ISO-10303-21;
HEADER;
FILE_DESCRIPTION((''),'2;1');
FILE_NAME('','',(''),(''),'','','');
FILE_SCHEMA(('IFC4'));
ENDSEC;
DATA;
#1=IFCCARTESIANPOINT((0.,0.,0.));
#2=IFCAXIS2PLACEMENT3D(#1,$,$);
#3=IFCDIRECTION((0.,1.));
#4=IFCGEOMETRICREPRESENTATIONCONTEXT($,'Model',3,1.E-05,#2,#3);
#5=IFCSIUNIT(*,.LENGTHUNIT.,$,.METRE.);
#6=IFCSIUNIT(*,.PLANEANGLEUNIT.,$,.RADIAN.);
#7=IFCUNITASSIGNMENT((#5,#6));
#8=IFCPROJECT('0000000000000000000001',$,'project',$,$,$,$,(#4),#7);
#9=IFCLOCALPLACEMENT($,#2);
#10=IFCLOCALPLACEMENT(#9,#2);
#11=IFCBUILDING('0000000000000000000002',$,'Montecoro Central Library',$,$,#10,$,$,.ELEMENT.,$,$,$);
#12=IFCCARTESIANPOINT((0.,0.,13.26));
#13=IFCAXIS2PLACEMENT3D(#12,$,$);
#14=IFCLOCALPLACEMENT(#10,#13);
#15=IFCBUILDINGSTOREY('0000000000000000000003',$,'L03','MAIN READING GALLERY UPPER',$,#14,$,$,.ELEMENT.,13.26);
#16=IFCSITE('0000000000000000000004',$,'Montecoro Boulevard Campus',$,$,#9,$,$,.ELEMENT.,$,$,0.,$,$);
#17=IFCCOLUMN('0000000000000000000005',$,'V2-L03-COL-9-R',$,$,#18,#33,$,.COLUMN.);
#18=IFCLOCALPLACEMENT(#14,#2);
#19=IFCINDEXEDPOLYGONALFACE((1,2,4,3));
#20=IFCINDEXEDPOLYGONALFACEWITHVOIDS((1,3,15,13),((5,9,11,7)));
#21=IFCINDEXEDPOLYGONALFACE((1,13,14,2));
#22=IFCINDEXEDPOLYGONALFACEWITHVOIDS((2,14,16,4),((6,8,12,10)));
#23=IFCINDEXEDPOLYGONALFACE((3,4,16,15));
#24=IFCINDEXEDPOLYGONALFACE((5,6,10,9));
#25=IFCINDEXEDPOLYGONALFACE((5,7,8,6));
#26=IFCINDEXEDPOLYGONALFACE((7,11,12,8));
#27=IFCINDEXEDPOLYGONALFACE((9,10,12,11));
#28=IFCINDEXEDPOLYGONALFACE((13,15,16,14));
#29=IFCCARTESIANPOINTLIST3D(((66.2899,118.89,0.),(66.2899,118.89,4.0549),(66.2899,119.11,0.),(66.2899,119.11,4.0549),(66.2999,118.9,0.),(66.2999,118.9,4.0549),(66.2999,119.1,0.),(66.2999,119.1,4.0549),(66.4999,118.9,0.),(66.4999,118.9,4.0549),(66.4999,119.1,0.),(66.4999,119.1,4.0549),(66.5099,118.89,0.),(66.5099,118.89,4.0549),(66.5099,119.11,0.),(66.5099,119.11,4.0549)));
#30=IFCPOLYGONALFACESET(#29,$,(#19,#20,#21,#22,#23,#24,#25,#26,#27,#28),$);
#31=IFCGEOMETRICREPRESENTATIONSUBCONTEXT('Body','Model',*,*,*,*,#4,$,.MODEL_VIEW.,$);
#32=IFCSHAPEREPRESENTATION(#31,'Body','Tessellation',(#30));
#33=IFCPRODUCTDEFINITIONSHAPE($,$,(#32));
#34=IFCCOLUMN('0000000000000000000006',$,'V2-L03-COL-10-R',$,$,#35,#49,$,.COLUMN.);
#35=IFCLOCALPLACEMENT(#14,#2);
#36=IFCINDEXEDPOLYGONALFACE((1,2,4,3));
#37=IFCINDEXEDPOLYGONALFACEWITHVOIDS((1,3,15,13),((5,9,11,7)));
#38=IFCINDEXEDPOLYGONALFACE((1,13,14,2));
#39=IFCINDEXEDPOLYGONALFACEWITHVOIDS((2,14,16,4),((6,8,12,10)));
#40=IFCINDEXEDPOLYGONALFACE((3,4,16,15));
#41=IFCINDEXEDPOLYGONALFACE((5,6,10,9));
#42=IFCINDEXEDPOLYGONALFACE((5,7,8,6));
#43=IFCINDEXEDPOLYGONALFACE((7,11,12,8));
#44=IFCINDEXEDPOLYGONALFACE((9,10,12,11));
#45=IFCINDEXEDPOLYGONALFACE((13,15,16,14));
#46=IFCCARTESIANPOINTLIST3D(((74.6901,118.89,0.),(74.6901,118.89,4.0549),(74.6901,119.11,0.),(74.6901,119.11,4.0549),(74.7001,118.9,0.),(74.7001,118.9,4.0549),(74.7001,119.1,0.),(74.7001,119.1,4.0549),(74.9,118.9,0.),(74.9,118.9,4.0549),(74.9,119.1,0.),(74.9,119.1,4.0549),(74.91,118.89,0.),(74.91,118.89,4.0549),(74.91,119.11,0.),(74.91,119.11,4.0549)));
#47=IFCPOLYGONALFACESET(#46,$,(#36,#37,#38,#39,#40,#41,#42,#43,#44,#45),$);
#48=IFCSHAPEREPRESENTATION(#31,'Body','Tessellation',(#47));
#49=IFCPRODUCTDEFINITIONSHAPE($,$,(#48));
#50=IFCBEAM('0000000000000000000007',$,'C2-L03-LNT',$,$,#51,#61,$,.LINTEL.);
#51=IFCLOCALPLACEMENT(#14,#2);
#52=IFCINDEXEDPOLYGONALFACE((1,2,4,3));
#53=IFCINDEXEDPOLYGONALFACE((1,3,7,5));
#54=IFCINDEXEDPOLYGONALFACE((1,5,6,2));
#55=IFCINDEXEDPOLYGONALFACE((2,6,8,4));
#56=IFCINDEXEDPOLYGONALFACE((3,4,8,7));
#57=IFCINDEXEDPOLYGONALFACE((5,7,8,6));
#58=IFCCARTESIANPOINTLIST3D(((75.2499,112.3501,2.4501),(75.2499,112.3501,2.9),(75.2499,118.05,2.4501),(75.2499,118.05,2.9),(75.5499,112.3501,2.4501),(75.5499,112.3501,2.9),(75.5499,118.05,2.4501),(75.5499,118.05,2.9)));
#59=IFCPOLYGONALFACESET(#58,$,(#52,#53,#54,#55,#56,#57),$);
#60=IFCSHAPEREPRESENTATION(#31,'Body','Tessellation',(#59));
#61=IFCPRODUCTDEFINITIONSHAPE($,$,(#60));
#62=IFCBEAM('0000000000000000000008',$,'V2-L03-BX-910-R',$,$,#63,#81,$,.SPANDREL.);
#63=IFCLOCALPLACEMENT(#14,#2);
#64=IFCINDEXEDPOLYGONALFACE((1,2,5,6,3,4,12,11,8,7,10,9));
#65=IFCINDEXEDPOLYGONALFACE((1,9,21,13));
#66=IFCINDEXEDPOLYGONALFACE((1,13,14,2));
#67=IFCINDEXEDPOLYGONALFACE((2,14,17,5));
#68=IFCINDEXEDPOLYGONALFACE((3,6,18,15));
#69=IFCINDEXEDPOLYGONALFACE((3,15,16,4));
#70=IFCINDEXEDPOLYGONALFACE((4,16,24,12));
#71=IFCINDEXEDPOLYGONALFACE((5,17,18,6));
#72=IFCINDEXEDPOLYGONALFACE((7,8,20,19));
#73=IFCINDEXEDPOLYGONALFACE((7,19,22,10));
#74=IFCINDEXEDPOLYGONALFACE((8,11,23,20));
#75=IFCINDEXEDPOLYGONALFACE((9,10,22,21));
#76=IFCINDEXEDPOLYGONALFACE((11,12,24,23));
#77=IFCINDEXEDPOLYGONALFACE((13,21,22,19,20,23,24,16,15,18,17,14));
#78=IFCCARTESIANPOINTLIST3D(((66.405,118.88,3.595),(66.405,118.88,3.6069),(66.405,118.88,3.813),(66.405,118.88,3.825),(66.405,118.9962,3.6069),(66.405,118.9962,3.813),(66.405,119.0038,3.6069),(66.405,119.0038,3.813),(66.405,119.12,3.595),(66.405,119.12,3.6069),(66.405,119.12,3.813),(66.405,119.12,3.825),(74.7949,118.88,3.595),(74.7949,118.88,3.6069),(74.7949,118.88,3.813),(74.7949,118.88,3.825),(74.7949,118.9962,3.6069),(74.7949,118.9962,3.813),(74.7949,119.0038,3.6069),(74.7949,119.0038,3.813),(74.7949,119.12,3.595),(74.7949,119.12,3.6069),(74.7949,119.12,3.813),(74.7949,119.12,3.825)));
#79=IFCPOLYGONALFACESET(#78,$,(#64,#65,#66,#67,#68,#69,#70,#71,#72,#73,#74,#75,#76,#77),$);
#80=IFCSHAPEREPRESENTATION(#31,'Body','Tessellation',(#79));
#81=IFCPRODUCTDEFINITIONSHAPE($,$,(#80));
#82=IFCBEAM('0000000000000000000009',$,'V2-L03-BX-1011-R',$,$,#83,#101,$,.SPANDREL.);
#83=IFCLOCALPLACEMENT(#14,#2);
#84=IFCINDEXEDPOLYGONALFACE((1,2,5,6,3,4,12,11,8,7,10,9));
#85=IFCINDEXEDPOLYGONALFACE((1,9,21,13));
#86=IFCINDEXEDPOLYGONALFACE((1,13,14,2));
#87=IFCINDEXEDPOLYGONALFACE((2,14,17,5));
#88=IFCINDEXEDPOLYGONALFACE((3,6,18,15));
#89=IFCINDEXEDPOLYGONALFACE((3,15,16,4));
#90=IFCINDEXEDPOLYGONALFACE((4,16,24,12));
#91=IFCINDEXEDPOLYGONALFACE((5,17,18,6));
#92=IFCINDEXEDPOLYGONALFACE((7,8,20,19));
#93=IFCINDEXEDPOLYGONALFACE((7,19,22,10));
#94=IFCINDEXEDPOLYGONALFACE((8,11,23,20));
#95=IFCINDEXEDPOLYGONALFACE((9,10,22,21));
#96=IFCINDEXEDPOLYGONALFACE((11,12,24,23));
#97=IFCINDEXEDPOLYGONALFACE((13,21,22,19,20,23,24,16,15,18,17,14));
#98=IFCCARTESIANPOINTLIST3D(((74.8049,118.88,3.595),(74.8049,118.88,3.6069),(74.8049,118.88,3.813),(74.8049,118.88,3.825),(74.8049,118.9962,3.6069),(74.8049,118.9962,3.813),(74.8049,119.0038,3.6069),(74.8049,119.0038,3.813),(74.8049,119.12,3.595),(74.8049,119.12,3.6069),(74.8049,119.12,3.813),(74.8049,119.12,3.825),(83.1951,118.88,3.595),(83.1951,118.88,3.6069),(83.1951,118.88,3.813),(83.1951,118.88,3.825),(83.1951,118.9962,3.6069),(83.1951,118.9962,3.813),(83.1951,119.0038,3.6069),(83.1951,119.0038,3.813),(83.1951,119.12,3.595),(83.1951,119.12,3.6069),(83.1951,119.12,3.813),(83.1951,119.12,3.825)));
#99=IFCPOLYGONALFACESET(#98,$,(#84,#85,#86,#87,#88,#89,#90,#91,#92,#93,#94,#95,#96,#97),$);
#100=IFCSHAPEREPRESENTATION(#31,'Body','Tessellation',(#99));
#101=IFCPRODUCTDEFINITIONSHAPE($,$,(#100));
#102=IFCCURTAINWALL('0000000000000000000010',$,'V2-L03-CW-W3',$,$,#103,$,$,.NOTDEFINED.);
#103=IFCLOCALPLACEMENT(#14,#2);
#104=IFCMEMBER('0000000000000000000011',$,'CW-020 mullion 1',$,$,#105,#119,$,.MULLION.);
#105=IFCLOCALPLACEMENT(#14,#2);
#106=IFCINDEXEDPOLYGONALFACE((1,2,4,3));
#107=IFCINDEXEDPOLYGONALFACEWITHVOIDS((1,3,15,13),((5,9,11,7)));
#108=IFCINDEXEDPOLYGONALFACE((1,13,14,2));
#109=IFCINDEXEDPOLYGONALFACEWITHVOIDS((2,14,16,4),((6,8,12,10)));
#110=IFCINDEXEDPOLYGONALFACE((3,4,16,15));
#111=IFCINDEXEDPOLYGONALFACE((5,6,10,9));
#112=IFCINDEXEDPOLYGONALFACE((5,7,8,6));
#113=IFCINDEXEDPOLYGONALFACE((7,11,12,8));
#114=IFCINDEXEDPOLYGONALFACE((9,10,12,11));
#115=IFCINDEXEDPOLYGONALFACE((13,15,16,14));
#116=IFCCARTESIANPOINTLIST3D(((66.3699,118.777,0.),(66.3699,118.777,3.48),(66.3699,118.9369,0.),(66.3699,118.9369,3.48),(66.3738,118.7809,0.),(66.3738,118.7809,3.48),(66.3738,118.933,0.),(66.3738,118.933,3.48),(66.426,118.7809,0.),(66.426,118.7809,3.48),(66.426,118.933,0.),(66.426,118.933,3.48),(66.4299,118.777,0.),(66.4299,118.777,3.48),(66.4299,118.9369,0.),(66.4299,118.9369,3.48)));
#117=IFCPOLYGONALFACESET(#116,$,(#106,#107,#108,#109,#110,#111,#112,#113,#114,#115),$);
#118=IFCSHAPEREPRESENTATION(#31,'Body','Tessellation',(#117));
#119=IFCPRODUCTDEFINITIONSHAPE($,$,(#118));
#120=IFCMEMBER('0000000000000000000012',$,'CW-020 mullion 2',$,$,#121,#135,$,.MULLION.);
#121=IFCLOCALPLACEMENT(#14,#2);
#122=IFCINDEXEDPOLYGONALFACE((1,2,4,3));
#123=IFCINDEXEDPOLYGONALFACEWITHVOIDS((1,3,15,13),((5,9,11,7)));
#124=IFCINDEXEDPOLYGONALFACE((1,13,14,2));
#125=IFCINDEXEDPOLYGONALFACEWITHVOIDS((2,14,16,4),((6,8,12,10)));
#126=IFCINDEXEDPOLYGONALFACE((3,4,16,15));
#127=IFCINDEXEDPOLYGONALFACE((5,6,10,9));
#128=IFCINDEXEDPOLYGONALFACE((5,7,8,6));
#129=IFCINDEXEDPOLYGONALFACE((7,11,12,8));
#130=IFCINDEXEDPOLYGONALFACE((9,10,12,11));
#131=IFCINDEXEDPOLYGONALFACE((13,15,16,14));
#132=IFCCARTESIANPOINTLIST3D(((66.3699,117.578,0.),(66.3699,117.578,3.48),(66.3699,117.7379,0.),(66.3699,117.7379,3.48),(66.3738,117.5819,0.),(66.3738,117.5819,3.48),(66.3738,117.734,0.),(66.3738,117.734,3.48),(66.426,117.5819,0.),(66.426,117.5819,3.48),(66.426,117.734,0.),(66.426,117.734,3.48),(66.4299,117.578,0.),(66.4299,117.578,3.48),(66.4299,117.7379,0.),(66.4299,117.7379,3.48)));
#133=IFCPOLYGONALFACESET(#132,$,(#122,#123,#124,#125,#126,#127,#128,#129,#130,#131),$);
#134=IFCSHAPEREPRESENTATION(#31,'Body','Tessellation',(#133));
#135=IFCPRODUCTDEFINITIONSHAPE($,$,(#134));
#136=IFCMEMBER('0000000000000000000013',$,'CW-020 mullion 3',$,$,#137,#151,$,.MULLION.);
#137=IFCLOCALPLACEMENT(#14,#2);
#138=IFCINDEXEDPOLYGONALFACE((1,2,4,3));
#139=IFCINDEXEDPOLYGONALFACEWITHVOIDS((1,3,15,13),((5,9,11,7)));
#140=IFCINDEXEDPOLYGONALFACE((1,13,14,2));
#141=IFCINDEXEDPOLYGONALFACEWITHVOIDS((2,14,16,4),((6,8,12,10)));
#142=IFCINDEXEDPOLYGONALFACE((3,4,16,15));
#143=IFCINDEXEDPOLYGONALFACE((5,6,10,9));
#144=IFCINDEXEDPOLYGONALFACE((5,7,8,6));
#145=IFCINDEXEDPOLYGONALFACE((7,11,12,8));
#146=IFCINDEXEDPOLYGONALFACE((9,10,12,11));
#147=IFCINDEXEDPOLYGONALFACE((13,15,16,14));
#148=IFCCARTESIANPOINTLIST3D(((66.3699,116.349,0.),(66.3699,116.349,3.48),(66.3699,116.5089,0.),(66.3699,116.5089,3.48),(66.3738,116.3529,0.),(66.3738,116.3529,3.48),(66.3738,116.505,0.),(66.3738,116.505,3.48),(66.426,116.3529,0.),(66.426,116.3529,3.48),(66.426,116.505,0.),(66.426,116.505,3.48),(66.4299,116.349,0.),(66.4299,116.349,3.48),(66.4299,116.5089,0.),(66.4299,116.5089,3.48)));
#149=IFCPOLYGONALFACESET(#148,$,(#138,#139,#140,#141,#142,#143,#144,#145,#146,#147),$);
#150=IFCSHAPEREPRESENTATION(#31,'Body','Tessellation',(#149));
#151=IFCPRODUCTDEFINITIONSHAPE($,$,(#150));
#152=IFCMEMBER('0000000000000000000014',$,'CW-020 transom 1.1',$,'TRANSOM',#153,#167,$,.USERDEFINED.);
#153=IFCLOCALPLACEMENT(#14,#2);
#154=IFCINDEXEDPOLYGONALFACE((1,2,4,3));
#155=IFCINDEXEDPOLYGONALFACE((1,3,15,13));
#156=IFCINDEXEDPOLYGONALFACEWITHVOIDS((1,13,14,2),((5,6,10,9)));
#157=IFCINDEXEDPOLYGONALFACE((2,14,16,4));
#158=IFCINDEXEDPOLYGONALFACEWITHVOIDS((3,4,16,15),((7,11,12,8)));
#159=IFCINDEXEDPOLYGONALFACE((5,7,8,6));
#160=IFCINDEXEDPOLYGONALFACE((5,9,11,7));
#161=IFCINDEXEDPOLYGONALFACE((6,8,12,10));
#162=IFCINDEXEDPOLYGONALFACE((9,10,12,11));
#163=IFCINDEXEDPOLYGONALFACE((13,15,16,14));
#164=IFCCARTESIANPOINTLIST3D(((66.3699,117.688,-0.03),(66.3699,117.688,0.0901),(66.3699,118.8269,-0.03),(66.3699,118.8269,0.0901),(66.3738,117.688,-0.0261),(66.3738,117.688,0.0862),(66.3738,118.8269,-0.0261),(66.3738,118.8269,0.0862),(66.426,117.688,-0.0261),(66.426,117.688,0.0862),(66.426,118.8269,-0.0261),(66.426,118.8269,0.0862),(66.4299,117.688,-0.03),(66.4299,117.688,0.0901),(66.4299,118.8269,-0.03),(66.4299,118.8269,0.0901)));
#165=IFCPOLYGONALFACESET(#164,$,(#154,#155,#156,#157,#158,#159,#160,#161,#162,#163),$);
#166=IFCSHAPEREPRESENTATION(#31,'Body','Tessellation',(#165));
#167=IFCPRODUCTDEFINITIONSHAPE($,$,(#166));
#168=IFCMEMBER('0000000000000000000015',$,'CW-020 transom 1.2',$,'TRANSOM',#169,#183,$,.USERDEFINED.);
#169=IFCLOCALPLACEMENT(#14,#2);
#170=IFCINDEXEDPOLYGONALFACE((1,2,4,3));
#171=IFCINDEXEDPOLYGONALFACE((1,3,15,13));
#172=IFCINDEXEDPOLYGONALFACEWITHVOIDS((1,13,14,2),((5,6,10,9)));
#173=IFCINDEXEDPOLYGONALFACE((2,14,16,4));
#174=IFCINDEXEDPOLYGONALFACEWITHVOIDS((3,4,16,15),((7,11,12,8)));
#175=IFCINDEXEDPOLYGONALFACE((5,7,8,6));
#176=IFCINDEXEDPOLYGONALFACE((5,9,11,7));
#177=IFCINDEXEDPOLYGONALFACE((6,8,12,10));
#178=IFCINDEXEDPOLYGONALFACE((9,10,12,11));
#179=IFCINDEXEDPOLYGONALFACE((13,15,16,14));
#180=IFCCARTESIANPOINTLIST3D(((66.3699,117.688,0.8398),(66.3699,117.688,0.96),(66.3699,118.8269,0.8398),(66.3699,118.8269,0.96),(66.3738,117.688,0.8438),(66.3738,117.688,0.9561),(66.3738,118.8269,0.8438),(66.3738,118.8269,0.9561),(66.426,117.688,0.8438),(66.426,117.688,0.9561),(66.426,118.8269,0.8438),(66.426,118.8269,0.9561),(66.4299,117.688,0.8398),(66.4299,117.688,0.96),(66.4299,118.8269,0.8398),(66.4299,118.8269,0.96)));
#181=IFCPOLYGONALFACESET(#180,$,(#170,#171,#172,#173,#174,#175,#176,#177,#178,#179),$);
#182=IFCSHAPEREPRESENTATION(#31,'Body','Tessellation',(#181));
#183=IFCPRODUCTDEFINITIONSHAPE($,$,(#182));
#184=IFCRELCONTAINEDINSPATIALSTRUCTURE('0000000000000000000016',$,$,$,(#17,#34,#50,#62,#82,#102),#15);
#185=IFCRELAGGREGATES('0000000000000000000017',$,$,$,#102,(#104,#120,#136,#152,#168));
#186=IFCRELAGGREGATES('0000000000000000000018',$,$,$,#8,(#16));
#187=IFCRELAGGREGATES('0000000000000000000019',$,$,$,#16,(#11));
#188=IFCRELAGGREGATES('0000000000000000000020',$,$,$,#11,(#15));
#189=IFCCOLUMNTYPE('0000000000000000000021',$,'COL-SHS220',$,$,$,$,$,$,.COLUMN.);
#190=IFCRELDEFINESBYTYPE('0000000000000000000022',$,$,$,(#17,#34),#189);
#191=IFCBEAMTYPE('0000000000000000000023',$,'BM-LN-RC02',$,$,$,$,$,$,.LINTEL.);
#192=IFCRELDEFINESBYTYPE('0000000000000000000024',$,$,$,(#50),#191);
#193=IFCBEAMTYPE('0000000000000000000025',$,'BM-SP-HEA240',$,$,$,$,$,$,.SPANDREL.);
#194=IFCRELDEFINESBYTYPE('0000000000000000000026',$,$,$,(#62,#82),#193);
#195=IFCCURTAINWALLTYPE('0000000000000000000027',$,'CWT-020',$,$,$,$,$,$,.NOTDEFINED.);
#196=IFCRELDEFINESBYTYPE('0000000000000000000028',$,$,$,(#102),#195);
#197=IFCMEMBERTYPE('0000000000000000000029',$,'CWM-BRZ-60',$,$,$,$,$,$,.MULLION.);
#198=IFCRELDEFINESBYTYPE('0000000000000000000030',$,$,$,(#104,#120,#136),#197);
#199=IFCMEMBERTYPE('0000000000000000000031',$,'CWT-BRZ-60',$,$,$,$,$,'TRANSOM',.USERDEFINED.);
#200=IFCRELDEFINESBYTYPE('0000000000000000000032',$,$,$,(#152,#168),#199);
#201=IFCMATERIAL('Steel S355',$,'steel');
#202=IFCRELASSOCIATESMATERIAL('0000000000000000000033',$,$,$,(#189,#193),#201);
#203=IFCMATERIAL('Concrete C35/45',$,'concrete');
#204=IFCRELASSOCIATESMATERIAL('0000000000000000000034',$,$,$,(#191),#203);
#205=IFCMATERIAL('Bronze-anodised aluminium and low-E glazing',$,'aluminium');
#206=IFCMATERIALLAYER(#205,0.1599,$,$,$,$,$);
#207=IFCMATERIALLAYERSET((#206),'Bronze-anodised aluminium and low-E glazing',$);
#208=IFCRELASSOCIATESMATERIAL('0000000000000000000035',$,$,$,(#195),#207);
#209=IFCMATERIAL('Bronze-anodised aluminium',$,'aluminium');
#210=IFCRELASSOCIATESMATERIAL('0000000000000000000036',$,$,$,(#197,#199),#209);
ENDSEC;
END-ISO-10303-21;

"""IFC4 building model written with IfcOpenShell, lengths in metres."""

from ifc_helpers import new_model, si_unit, direction, frame, origin, origin_2d, place, context, subcontext, project, spatial, rectangle, hollow_rectangle, i_section, extrude, material, layer, layer_set, material_profile, profile_set, type_object, element, aggregate, save


model = new_model("IFC4")

# Units and contexts
model_context = context("Model", 3, precision=1e-05, world=origin(), true_north=direction((0.0, 1.0)))
body_context = subcontext(model_context, "Body", "Model", "MODEL_VIEW")
ifc_project = project(units=[si_unit("LENGTHUNIT", "METRE"), si_unit("PLANEANGLEUNIT", "RADIAN")], contexts=[model_context])

# Site, building, storey
site_placement = place(None, origin())
site = spatial("IfcSite", under=ifc_project, at=site_placement, Name="Montecoro Boulevard Campus", CompositionType="ELEMENT", RefElevation=0.0)
building_placement = place(site_placement, origin())
building = spatial("IfcBuilding", under=site, at=building_placement, Name="Montecoro Central Library", CompositionType="ELEMENT")
storey_placement = place(building_placement, frame((0.0, 0.0, 13.26)))
storey = spatial("IfcBuildingStorey", under=building, at=storey_placement, Name="L03", Description="MAIN READING GALLERY UPPER", CompositionType="ELEMENT", Elevation=13.26)

# Columns
ifc_material_1 = material(Name="Steel S355", Category="steel")
ifc_material_profile_1 = material_profile(ifc_material_1, hollow_rectangle(XDim=0.22, YDim=0.22, WallThickness=0.01, at=origin_2d()), Name="SHS 220x220x10.0")
ifc_profile_set_1 = profile_set([ifc_material_profile_1], Name="Steel S355")
column_type = type_object("IfcColumnType", Name="COL-SHS220", PredefinedType="COLUMN", material=ifc_profile_set_1)
for number, where, z_axis, x_axis, name in (
    (1, (66.3999, 119.0, 0.0), (0.0, 0.0, 1.0), (1.0, 0.0, 0.0), "V2-L03-COL-9-R"),
    (2, (74.8, 119.0, 0.0), (0.0, 0.0, 1.0), (1.0, 0.0, 0.0), "V2-L03-COL-10-R"),
):
    element("IfcColumn", number, at=place(storey_placement, frame(where, z_axis=z_axis, x_axis=x_axis)), inside=storey, type_object=column_type, Name=name, PredefinedType="COLUMN", context=body_context, shape_type="SweptSolid", body=[
        extrude(hollow_rectangle(XDim=0.22, YDim=0.22, WallThickness=0.01, at=origin_2d()), origin(), (0.0, 0.0, 1.0), 4.0549),
    ])

# Beams
ifc_material_2 = material(Name="Concrete C35/45", Category="concrete")
ifc_material_profile_2 = material_profile(ifc_material_2, rectangle(XDim=0.3, YDim=0.45, at=origin_2d()), Name="RC LNT 450x300")
ifc_profile_set_2 = profile_set([ifc_material_profile_2], Name="Concrete C35/45")
beam_type_1 = type_object("IfcBeamType", Name="BM-LN-RC02", PredefinedType="LINTEL", material=ifc_profile_set_2)
beam_1_placement = place(storey_placement, frame((75.3999, 112.3501, 2.675), z_axis=(0.0, 1.0, 0.0), x_axis=(-1.0, 0.0, 0.0)))
element("IfcBeam", 3, at=beam_1_placement, inside=storey, type_object=beam_type_1, Name="C2-L03-LNT", PredefinedType="LINTEL", context=body_context, shape_type="SweptSolid", body=[
    extrude(rectangle(XDim=0.3, YDim=0.45, at=origin_2d()), origin(), (0.0, 0.0, 1.0), 5.7),
])
ifc_material_profile_3 = material_profile(ifc_material_1, i_section(OverallWidth=0.24, OverallDepth=0.23, WebThickness=0.0076, FlangeThickness=0.012, at=origin_2d()), Name="HEA 240")
ifc_profile_set_3 = profile_set([ifc_material_profile_3], Name="Steel S355")
beam_type_2 = type_object("IfcBeamType", Name="BM-SP-HEA240", PredefinedType="SPANDREL", material=ifc_profile_set_3)
beam_2_placement = place(storey_placement, frame((66.405, 119.0, 3.71), z_axis=(1.0, 0.0, 0.0), x_axis=(0.0, 1.0, 0.0)))
element("IfcBeam", 4, at=beam_2_placement, inside=storey, type_object=beam_type_2, Name="V2-L03-BX-910-R", PredefinedType="SPANDREL", context=body_context, shape_type="SweptSolid", body=[
    extrude(i_section(OverallWidth=0.24, OverallDepth=0.23, WebThickness=0.0076, FlangeThickness=0.012, at=origin_2d()), origin(), (0.0, 0.0, 1.0), 8.3899),
])
beam_3_placement = place(storey_placement, frame((74.8049, 119.0, 3.71), z_axis=(1.0, 0.0, 0.0), x_axis=(0.0, 1.0, 0.0)))
element("IfcBeam", 5, at=beam_3_placement, inside=storey, type_object=beam_type_2, Name="V2-L03-BX-1011-R", PredefinedType="SPANDREL", context=body_context, shape_type="SweptSolid", body=[
    extrude(i_section(OverallWidth=0.24, OverallDepth=0.23, WebThickness=0.0076, FlangeThickness=0.012, at=origin_2d()), origin(), (0.0, 0.0, 1.0), 8.3901),
])

# Curtain wall, members
ifc_material_3 = material(Name="Bronze-anodised aluminium and low-E glazing", Category="aluminium")
ifc_layer_1 = layer(ifc_material_3, 0.1599)
ifc_layer_set_1 = layer_set([ifc_layer_1], Name="Bronze-anodised aluminium and low-E glazing")
curtain_wall_type = type_object("IfcCurtainWallType", Name="CWT-020", PredefinedType="NOTDEFINED", material=ifc_layer_set_1)
curtain_wall_placement = place(storey_placement, origin())
curtain_wall = element("IfcCurtainWall", 6, at=curtain_wall_placement, inside=storey, type_object=curtain_wall_type, Name="V2-L03-CW-W3", PredefinedType="NOTDEFINED")
ifc_material_4 = material(Name="Bronze-anodised aluminium", Category="aluminium")
ifc_material_profile_4 = material_profile(ifc_material_4, hollow_rectangle(XDim=0.0601, YDim=0.1599, WallThickness=0.0039, at=origin_2d()), Name="CWM 160x60x4.0")
ifc_profile_set_4 = profile_set([ifc_material_profile_4], Name="Bronze-anodised aluminium")
member_type_1 = type_object("IfcMemberType", Name="CWM-BRZ-60", PredefinedType="MULLION", material=ifc_profile_set_4)
member_1_placement = place(storey_placement, frame((66.3999, 118.8569, 0.0), z_axis=(0.0, 0.0, 1.0), x_axis=(1.0, 0.0, 0.0)))
member_1 = element("IfcMember", 7, at=member_1_placement, type_object=member_type_1, Name="CW-020 mullion 1", PredefinedType="MULLION", context=body_context, shape_type="SweptSolid", body=[
    extrude(hollow_rectangle(XDim=0.0601, YDim=0.1599, WallThickness=0.0039, at=origin_2d()), origin(), (0.0, 0.0, 1.0), 3.48),
])
member_2_placement = place(storey_placement, frame((66.3999, 117.658, 0.0), z_axis=(0.0, 0.0, 1.0), x_axis=(1.0, 0.0, 0.0)))
member_2 = element("IfcMember", 8, at=member_2_placement, type_object=member_type_1, Name="CW-020 mullion 2", PredefinedType="MULLION", context=body_context, shape_type="SweptSolid", body=[
    extrude(hollow_rectangle(XDim=0.0601, YDim=0.1599, WallThickness=0.0039, at=origin_2d()), origin(), (0.0, 0.0, 1.0), 3.48),
])
member_3_placement = place(storey_placement, frame((66.3999, 116.429, 0.0), z_axis=(0.0, 0.0, 1.0), x_axis=(1.0, 0.0, 0.0)))
member_3 = element("IfcMember", 9, at=member_3_placement, type_object=member_type_1, Name="CW-020 mullion 3", PredefinedType="MULLION", context=body_context, shape_type="SweptSolid", body=[
    extrude(hollow_rectangle(XDim=0.0601, YDim=0.1599, WallThickness=0.0039, at=origin_2d()), origin(), (0.0, 0.0, 1.0), 3.48),
])
ifc_material_profile_5 = material_profile(ifc_material_4, hollow_rectangle(XDim=0.0601, YDim=0.1201, WallThickness=0.0039, at=origin_2d()), Name="CWT 120x60x4.0")
ifc_profile_set_5 = profile_set([ifc_material_profile_5], Name="Bronze-anodised aluminium")
member_type_2 = type_object("IfcMemberType", Name="CWT-BRZ-60", ElementType="TRANSOM", PredefinedType="USERDEFINED", material=ifc_profile_set_5)
member_4_placement = place(storey_placement, frame((66.3999, 118.8269, 0.03), z_axis=(0.0, -1.0, 0.0), x_axis=(1.0, 0.0, 0.0)))
member_4 = element("IfcMember", 10, at=member_4_placement, type_object=member_type_2, Name="CW-020 transom 1.1", ObjectType="TRANSOM", PredefinedType="USERDEFINED", context=body_context, shape_type="SweptSolid", body=[
    extrude(hollow_rectangle(XDim=0.0601, YDim=0.1201, WallThickness=0.0039, at=origin_2d()), origin(), (0.0, 0.0, 1.0), 1.1389),
])
member_5_placement = place(storey_placement, frame((66.3999, 118.8269, 0.8999), z_axis=(0.0, -1.0, 0.0), x_axis=(1.0, 0.0, 0.0)))
member_5 = element("IfcMember", 11, at=member_5_placement, type_object=member_type_2, Name="CW-020 transom 1.2", ObjectType="TRANSOM", PredefinedType="USERDEFINED", context=body_context, shape_type="SweptSolid", body=[
    extrude(hollow_rectangle(XDim=0.0601, YDim=0.1201, WallThickness=0.0039, at=origin_2d()), origin(), (0.0, 0.0, 1.0), 1.1389),
])

aggregate(curtain_wall, [member_1, member_2, member_3, member_4, member_5])

save(model, "model.ifc")
